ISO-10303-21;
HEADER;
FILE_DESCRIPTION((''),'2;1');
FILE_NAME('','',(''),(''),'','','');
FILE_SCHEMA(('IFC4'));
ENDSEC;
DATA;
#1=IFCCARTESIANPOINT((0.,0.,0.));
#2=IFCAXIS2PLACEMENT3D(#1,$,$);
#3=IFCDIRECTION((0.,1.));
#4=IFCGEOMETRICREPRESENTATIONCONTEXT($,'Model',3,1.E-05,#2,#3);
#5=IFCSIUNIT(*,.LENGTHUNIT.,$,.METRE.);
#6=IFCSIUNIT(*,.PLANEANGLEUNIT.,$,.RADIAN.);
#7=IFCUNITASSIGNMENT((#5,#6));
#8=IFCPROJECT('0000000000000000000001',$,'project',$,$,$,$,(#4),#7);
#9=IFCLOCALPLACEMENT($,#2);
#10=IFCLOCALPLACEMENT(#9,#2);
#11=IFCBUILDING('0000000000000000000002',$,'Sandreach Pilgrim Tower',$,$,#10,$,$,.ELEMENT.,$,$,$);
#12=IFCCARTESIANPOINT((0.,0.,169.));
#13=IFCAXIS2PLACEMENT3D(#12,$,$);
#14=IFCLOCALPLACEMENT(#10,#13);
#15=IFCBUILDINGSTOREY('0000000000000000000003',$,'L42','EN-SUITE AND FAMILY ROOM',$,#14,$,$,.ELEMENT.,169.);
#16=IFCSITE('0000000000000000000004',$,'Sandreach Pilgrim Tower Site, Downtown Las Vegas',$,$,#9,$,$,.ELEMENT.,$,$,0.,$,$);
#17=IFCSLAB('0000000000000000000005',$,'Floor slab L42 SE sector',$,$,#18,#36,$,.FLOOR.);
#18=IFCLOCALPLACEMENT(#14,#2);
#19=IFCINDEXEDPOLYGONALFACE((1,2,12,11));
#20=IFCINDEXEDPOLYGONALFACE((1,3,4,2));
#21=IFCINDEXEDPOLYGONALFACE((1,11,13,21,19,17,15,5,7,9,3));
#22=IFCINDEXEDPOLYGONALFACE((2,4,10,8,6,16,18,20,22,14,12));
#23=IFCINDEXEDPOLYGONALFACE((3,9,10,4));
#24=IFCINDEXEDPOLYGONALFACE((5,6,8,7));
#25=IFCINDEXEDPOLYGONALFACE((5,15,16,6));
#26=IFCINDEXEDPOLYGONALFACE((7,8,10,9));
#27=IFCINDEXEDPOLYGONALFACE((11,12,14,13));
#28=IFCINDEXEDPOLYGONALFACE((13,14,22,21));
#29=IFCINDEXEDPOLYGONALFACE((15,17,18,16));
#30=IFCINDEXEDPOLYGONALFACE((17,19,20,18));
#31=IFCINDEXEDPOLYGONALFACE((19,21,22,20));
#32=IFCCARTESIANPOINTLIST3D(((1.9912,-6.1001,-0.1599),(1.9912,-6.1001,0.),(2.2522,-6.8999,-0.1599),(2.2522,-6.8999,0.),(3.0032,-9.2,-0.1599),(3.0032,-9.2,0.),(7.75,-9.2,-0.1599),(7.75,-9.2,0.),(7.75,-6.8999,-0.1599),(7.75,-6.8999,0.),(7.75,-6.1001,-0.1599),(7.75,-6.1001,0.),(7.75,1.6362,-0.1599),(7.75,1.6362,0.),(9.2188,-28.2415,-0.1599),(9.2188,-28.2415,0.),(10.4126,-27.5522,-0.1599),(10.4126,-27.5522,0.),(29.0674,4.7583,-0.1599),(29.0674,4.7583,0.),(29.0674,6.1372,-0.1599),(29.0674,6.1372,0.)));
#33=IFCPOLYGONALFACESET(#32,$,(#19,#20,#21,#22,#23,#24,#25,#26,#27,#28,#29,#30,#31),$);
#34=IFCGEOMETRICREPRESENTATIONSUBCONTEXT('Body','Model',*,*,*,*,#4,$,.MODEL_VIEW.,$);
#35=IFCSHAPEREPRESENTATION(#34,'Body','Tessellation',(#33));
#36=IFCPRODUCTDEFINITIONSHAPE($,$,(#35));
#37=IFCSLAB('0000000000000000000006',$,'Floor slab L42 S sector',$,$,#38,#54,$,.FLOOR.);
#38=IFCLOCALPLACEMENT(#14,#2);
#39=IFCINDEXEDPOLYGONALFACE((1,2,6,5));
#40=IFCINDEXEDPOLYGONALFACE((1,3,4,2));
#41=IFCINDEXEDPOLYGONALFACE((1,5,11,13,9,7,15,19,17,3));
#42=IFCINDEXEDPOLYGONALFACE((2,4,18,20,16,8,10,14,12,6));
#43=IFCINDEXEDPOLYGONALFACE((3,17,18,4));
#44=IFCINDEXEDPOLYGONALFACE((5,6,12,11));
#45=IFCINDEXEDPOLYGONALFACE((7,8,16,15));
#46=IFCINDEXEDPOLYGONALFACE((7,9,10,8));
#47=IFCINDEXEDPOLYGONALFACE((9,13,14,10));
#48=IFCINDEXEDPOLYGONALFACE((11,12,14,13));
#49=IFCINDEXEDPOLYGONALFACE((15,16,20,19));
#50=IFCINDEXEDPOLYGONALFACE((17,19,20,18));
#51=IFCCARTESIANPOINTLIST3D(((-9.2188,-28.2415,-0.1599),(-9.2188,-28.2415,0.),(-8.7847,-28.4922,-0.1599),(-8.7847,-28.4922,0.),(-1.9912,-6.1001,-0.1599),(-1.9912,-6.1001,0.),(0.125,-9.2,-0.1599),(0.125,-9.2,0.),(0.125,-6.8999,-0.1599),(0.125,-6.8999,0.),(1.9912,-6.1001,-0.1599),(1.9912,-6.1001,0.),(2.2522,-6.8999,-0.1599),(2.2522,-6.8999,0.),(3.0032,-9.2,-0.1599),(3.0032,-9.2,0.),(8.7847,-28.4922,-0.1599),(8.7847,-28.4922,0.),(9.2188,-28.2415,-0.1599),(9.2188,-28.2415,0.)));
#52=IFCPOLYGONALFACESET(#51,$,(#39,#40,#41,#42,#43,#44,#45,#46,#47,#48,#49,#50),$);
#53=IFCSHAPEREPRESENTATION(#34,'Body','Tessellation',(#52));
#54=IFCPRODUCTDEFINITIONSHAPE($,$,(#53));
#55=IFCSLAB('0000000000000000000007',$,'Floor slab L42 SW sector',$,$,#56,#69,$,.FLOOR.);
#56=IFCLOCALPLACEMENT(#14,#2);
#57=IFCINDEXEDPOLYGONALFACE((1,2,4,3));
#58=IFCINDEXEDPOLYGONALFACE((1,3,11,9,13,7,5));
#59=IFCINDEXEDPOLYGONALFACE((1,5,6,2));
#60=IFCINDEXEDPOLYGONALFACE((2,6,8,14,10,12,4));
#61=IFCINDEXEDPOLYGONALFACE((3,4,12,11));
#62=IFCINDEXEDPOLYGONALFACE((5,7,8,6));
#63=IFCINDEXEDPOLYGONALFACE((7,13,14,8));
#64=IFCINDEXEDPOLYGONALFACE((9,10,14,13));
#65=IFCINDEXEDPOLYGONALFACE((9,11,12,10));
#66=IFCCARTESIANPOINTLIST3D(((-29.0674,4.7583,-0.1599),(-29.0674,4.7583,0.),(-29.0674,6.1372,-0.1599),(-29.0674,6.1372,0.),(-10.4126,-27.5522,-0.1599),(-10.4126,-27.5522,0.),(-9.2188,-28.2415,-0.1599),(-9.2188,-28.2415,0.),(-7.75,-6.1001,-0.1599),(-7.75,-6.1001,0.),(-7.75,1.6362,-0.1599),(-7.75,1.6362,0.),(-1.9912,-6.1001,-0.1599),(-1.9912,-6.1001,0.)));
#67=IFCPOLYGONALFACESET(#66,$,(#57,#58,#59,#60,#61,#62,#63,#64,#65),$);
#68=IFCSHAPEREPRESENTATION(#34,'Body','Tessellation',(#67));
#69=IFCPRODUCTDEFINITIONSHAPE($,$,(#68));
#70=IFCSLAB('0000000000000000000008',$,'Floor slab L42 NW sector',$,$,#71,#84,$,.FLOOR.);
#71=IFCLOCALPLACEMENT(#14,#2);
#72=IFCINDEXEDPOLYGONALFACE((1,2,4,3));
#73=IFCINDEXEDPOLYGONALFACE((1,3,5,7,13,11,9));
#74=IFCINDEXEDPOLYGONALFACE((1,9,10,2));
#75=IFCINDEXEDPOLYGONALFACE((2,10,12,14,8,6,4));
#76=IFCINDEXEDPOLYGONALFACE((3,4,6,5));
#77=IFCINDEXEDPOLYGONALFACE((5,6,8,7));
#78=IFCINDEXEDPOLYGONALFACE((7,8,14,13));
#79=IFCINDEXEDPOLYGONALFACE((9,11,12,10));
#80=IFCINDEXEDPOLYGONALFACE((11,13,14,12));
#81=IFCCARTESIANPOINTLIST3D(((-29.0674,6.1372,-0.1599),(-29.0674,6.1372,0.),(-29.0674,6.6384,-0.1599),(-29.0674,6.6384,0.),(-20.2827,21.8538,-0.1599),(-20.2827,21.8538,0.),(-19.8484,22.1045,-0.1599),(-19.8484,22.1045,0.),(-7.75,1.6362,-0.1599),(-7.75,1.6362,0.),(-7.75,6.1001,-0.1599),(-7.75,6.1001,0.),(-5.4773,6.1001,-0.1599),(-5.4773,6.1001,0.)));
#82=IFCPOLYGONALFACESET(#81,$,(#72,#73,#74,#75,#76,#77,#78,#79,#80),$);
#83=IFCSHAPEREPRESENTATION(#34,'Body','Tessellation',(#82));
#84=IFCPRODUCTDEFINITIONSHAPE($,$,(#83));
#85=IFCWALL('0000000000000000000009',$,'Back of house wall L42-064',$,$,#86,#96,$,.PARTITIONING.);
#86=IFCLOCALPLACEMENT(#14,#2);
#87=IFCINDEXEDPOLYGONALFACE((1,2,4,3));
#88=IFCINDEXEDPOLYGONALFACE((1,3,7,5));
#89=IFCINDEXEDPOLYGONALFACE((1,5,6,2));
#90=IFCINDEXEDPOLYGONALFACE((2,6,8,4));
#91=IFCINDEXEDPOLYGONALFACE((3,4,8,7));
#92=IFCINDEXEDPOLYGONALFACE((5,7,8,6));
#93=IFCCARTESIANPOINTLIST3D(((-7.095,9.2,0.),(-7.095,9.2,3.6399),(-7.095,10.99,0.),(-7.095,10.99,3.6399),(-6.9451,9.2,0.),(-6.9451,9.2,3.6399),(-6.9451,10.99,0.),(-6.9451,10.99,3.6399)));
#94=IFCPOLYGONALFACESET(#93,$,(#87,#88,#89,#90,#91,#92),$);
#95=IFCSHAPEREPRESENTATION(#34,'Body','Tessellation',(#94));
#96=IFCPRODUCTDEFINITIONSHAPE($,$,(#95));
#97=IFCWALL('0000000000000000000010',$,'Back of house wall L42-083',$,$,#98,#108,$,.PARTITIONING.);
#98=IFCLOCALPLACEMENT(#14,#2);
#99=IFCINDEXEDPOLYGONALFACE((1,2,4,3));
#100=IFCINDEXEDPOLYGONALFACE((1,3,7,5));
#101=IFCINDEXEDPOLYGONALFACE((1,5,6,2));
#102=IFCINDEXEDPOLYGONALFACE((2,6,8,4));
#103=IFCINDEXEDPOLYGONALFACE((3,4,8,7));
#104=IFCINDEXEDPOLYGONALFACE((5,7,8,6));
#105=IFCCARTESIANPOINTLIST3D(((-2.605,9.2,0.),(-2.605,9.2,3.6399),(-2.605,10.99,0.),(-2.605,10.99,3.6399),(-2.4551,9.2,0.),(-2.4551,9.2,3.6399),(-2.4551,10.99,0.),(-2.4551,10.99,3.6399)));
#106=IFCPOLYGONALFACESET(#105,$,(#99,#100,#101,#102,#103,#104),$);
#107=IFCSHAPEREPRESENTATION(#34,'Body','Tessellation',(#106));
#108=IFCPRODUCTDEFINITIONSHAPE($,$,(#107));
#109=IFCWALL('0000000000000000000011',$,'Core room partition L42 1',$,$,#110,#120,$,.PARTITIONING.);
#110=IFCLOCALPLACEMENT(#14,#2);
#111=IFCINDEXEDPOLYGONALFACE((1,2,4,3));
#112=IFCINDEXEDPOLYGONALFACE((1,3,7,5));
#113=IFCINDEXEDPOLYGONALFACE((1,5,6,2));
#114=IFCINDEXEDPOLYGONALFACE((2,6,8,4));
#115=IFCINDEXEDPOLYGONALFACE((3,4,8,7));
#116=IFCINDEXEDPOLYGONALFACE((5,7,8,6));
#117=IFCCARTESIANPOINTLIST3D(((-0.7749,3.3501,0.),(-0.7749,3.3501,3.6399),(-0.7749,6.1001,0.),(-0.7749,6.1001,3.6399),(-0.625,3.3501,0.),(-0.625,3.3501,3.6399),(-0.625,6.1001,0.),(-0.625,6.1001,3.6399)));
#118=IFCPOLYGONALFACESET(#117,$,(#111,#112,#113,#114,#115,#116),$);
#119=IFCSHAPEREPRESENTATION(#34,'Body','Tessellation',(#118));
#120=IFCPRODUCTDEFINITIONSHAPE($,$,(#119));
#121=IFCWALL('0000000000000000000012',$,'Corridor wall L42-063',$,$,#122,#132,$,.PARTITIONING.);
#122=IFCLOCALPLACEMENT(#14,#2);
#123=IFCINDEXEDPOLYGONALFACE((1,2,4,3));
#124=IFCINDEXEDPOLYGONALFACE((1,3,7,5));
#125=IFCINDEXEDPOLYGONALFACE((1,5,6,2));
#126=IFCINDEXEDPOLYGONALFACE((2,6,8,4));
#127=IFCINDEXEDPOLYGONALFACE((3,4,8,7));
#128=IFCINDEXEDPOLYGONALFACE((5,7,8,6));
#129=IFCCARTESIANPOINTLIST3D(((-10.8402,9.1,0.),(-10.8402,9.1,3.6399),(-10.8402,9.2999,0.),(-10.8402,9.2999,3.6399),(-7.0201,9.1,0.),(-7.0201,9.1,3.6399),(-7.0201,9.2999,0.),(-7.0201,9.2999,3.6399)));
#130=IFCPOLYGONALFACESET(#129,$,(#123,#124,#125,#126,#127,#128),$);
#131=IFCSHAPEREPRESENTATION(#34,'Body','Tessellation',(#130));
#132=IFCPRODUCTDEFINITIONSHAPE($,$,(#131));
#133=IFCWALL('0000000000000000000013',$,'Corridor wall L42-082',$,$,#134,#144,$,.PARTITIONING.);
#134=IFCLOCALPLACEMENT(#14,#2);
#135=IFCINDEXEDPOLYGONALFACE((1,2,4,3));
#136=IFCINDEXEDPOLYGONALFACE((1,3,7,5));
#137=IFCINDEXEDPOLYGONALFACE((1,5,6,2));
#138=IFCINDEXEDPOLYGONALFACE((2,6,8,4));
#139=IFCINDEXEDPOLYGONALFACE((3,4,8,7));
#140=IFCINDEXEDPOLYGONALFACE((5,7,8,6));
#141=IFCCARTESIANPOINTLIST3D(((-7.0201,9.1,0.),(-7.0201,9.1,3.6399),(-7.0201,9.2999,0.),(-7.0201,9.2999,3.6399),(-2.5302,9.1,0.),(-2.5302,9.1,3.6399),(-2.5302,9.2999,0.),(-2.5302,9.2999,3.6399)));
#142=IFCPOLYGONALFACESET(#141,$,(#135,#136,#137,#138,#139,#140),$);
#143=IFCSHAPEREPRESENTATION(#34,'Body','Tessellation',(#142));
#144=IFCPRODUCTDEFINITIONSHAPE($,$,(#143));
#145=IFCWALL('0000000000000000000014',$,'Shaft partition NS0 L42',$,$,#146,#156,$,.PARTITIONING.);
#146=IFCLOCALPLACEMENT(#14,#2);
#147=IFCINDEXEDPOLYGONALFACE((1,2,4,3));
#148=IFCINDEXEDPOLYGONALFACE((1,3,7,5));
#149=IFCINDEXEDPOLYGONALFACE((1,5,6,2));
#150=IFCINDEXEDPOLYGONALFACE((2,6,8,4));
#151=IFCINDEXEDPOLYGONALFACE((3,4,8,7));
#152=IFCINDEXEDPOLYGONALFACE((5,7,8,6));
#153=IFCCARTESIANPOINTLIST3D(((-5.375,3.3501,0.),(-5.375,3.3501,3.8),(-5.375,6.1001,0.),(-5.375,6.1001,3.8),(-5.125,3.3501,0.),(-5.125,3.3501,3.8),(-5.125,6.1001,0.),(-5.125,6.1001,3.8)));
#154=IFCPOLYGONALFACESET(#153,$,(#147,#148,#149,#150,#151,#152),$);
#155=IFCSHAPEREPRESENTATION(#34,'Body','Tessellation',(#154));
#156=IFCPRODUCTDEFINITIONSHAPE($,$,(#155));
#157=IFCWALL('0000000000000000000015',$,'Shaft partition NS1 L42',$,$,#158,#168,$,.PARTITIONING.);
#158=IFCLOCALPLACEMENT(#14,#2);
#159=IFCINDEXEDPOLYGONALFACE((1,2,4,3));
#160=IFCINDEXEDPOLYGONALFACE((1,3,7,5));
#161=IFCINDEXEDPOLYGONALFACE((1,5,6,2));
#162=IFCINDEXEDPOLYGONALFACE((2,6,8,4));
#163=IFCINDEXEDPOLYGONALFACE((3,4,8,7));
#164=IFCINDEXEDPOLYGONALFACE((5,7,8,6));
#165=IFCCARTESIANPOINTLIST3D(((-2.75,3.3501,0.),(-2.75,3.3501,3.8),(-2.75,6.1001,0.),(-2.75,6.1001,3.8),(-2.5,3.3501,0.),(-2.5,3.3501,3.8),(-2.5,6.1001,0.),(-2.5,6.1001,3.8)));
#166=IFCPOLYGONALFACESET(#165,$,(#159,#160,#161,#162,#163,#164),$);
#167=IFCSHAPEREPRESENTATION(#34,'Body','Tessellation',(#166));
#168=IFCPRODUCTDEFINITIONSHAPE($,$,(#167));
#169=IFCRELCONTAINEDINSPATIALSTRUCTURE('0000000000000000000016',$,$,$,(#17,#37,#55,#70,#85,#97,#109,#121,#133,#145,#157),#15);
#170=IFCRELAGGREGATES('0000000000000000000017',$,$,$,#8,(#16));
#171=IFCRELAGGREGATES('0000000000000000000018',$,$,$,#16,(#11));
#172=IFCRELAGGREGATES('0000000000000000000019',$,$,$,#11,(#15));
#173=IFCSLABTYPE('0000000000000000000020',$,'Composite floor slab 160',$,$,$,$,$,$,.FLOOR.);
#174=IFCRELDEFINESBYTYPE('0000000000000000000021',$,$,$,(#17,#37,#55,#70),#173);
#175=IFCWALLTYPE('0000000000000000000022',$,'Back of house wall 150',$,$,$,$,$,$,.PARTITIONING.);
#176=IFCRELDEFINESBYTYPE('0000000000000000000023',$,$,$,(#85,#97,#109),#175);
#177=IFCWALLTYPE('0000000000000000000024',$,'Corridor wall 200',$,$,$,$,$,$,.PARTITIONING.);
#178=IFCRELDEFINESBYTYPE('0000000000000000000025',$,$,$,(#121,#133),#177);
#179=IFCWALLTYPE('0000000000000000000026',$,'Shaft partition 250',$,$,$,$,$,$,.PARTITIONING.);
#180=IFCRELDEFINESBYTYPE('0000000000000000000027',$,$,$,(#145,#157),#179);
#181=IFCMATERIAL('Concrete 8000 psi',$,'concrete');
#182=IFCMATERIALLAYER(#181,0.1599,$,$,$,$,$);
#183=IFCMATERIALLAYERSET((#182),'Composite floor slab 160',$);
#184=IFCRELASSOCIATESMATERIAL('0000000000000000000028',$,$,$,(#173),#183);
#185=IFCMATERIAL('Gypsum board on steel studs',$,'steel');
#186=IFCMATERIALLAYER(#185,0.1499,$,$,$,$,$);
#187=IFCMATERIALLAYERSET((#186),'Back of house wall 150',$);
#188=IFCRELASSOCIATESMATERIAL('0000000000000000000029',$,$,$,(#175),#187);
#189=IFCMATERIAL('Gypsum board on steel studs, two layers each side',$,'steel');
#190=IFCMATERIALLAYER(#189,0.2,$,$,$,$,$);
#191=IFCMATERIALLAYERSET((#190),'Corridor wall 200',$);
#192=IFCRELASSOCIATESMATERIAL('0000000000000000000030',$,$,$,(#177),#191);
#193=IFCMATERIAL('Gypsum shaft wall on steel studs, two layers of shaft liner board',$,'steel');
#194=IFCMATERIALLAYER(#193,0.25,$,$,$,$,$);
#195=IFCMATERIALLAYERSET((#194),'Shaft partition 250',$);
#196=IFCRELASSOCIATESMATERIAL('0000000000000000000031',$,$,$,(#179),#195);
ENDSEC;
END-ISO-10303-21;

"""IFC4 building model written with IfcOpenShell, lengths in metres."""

from ifc_helpers import new_model, si_unit, direction, frame, frame_2d, origin, place, context, subcontext, project, spatial, polyline, rectangle, outline, extrude, material, layer, layer_set, type_object, element, save


model = new_model("IFC4")

# Units and contexts
model_context = context("Model", 3, precision=1e-05, world=origin(), true_north=direction((0.0, 1.0)))
body_context = subcontext(model_context, "Body", "Model", "MODEL_VIEW")
ifc_project = project(units=[si_unit("LENGTHUNIT", "METRE"), si_unit("PLANEANGLEUNIT", "RADIAN")], contexts=[model_context])

# Site, building, storey
site_placement = place(None, origin())
site = spatial("IfcSite", under=ifc_project, at=site_placement, Name="Sandreach Pilgrim Tower Site, Downtown Las Vegas", CompositionType="ELEMENT", RefElevation=0.0)
building_placement = place(site_placement, origin())
building = spatial("IfcBuilding", under=site, at=building_placement, Name="Sandreach Pilgrim Tower", CompositionType="ELEMENT")
storey_placement = place(building_placement, frame((0.0, 0.0, 169.0)))
storey = spatial("IfcBuildingStorey", under=building, at=storey_placement, Name="L42", Description="EN-SUITE AND FAMILY ROOM", CompositionType="ELEMENT", Elevation=169.0)

# Slabs
ifc_material_1 = material(Name="Concrete 8000 psi", Category="concrete")
ifc_layer_1 = layer(ifc_material_1, 0.1599)
ifc_layer_set_1 = layer_set([ifc_layer_1], Name="Composite floor slab 160")
slab_type = type_object("IfcSlabType", Name="Composite floor slab 160", PredefinedType="FLOOR", material=ifc_layer_set_1)
slab_1_placement = place(storey_placement, frame((0.0, 0.0, -0.1599)))
element("IfcSlab", 1, at=slab_1_placement, inside=storey, type_object=slab_type, Name="Floor slab L42 SE sector", PredefinedType="FLOOR", context=body_context, shape_type="SweptSolid", body=[
    extrude(outline(polyline([(29.0674, 4.7583), (10.4126, -27.5522), (9.2188, -28.2415), (3.0032, -9.2), (7.75, -9.2), (7.75, -6.8999), (2.2522, -6.8999), (1.9912, -6.1001), (7.75, -6.1001), (7.75, 1.6362), (29.0674, 6.1372), (29.0674, 4.7583)])), origin(), (0.0, 0.0, 1.0), 0.1599),
])
slab_2_placement = place(storey_placement, frame((0.0, 0.0, -0.1599)))
element("IfcSlab", 2, at=slab_2_placement, inside=storey, type_object=slab_type, Name="Floor slab L42 S sector", PredefinedType="FLOOR", context=body_context, shape_type="SweptSolid", body=[
    extrude(outline(polyline([(8.7847, -28.4922), (-8.7847, -28.4922), (-9.2188, -28.2415), (-1.9912, -6.1001), (1.9912, -6.1001), (2.2522, -6.8999), (0.125, -6.8999), (0.125, -9.2), (3.0032, -9.2), (9.2188, -28.2415), (8.7847, -28.4922)])), origin(), (0.0, 0.0, 1.0), 0.1599),
])
slab_3_placement = place(storey_placement, frame((0.0, 0.0, -0.1599)))
element("IfcSlab", 3, at=slab_3_placement, inside=storey, type_object=slab_type, Name="Floor slab L42 SW sector", PredefinedType="FLOOR", context=body_context, shape_type="SweptSolid", body=[
    extrude(outline(polyline([(-10.4126, -27.5522), (-29.0674, 4.7583), (-29.0674, 6.1372), (-7.75, 1.6362), (-7.75, -6.1001), (-1.9912, -6.1001), (-9.2188, -28.2415), (-10.4126, -27.5522)])), origin(), (0.0, 0.0, 1.0), 0.1599),
])
slab_4_placement = place(storey_placement, frame((0.0, 0.0, -0.1599)))
element("IfcSlab", 4, at=slab_4_placement, inside=storey, type_object=slab_type, Name="Floor slab L42 NW sector", PredefinedType="FLOOR", context=body_context, shape_type="SweptSolid", body=[
    extrude(outline(polyline([(-29.0674, 6.6384), (-20.2827, 21.8538), (-19.8484, 22.1045), (-5.4773, 6.1001), (-7.75, 6.1001), (-7.75, 1.6362), (-29.0674, 6.1372), (-29.0674, 6.6384)])), origin(), (0.0, 0.0, 1.0), 0.1599),
])

# Walls
ifc_material_2 = material(Name="Gypsum board on steel studs", Category="steel")
ifc_layer_2 = layer(ifc_material_2, 0.1499)
ifc_layer_set_2 = layer_set([ifc_layer_2], Name="Back of house wall 150")
wall_type_1 = type_object("IfcWallType", Name="Back of house wall 150", PredefinedType="PARTITIONING", material=ifc_layer_set_2)
for number, where, z_axis, x_axis, name in (
    (5, (-7.02, 10.99, 0.0), (0.0, 0.0, 1.0), (0.0, -1.0, 0.0), "Back of house wall L42-064"),
    (6, (-2.53, 10.99, 0.0), (0.0, 0.0, 1.0), (0.0, -1.0, 0.0), "Back of house wall L42-083"),
):
    element("IfcWall", number, at=place(storey_placement, frame(where, z_axis=z_axis, x_axis=x_axis)), inside=storey, type_object=wall_type_1, Name=name, PredefinedType="PARTITIONING", context=body_context, shape_type="SweptSolid", body=[
        extrude(rectangle(XDim=1.79, YDim=0.1499, at=frame_2d((0.895, 0.0))), origin(), (0.0, 0.0, 1.0), 3.6399),
    ])
wall_1_placement = place(storey_placement, frame((-0.7, 3.3501, 0.0), z_axis=(0.0, 0.0, 1.0), x_axis=(0.0, 1.0, 0.0)))
element("IfcWall", 7, at=wall_1_placement, inside=storey, type_object=wall_type_1, Name="Core room partition L42 1", PredefinedType="PARTITIONING", context=body_context, shape_type="SweptSolid", body=[
    extrude(rectangle(XDim=2.75, YDim=0.1499, at=frame_2d((1.375, 0.0))), origin(), (0.0, 0.0, 1.0), 3.6399),
])

# Wall
ifc_material_3 = material(Name="Gypsum board on steel studs, two layers each side", Category="steel")
ifc_layer_3 = layer(ifc_material_3, 0.2)
ifc_layer_set_3 = layer_set([ifc_layer_3], Name="Corridor wall 200")
wall_type_2 = type_object("IfcWallType", Name="Corridor wall 200", PredefinedType="PARTITIONING", material=ifc_layer_set_3)
wall_2_placement = place(storey_placement, frame((-7.02, 9.2, 0.0), z_axis=(0.0, 0.0, 1.0), x_axis=(-1.0, 0.0, 0.0)))
element("IfcWall", 8, at=wall_2_placement, inside=storey, type_object=wall_type_2, Name="Corridor wall L42-063", PredefinedType="PARTITIONING", context=body_context, shape_type="SweptSolid", body=[
    extrude(rectangle(XDim=3.8201, YDim=0.2, at=frame_2d((1.9102, 0.0))), origin(), (0.0, 0.0, 1.0), 3.6399),
])

# Wall
wall_3_placement = place(storey_placement, frame((-2.53, 9.2, 0.0), z_axis=(0.0, 0.0, 1.0), x_axis=(-1.0, 0.0, 0.0)))
element("IfcWall", 9, at=wall_3_placement, inside=storey, type_object=wall_type_2, Name="Corridor wall L42-082", PredefinedType="PARTITIONING", context=body_context, shape_type="SweptSolid", body=[
    extrude(rectangle(XDim=4.49, YDim=0.2, at=frame_2d((2.2451, 0.0))), origin(), (0.0, 0.0, 1.0), 3.6399),
])

# Walls
ifc_material_4 = material(Name="Gypsum shaft wall on steel studs, two layers of shaft liner board", Category="steel")
ifc_layer_4 = layer(ifc_material_4, 0.25)
ifc_layer_set_4 = layer_set([ifc_layer_4], Name="Shaft partition 250")
wall_type_3 = type_object("IfcWallType", Name="Shaft partition 250", PredefinedType="PARTITIONING", material=ifc_layer_set_4)
for number, where, z_axis, x_axis, name in (
    (10, (-5.25, 3.3501, 0.0), (0.0, 0.0, 1.0), (0.0, 1.0, 0.0), "Shaft partition NS0 L42"),
    (11, (-2.625, 3.3501, 0.0), (0.0, 0.0, 1.0), (0.0, 1.0, 0.0), "Shaft partition NS1 L42"),
):
    element("IfcWall", number, at=place(storey_placement, frame(where, z_axis=z_axis, x_axis=x_axis)), inside=storey, type_object=wall_type_3, Name=name, PredefinedType="PARTITIONING", context=body_context, shape_type="SweptSolid", body=[
        extrude(rectangle(XDim=2.75, YDim=0.25, at=frame_2d((1.375, 0.0))), origin(), (0.0, 0.0, 1.0), 3.8),
    ])

save(model, "model.ifc")
